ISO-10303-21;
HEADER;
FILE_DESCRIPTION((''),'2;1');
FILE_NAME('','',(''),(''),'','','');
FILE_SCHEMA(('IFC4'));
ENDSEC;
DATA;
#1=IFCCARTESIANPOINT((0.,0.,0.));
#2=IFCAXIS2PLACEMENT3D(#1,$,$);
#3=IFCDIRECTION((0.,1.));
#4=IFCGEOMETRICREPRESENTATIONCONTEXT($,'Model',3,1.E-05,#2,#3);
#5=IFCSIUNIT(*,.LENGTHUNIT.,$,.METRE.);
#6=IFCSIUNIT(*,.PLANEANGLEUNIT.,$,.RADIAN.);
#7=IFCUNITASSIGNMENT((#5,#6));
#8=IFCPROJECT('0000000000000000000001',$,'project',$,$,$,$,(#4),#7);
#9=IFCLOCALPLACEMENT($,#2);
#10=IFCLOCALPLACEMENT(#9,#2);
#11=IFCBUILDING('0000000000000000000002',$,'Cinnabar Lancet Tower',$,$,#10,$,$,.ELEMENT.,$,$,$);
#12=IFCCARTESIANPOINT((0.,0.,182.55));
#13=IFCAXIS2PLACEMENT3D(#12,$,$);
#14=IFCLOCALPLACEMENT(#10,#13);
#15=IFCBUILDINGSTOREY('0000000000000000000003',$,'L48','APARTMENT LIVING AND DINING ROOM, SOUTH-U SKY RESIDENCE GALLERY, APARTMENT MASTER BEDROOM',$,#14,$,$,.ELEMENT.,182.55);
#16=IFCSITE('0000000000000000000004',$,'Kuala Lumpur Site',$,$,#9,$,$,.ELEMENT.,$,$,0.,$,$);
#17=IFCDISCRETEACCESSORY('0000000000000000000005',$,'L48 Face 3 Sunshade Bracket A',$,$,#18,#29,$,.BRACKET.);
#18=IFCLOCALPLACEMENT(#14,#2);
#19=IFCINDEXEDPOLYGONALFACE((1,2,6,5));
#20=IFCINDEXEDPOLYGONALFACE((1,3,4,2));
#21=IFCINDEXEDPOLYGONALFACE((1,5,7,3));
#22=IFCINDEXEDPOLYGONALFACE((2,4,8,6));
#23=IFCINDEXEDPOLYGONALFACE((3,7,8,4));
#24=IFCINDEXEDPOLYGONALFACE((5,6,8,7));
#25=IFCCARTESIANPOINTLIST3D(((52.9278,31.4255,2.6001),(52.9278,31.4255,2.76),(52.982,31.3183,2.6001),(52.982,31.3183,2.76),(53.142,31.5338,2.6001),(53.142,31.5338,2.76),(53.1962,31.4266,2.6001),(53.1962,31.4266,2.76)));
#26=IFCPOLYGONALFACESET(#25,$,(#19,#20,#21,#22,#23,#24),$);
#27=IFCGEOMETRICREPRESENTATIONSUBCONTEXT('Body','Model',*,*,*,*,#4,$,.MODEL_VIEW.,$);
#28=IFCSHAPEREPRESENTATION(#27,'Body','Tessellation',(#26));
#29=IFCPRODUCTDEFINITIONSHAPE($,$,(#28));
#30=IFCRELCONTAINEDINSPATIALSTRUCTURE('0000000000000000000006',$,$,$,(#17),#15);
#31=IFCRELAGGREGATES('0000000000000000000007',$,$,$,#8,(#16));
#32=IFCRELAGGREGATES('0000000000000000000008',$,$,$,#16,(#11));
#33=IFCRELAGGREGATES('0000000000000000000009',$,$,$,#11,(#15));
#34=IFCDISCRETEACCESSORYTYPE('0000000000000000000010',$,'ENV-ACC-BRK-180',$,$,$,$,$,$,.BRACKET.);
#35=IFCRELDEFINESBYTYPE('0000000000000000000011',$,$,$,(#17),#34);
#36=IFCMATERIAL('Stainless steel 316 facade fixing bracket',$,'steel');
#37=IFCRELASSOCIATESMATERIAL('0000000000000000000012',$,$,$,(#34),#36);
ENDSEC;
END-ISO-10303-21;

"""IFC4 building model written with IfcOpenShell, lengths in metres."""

from ifc_helpers import new_model, si_unit, direction, frame, origin, origin_2d, place, context, subcontext, project, spatial, rectangle, extrude, material, type_object, element, save


model = new_model("IFC4")

# Units and contexts
model_context = context("Model", 3, precision=1e-05, world=origin(), true_north=direction((0.0, 1.0)))
body_context = subcontext(model_context, "Body", "Model", "MODEL_VIEW")
ifc_project = project(units=[si_unit("LENGTHUNIT", "METRE"), si_unit("PLANEANGLEUNIT", "RADIAN")], contexts=[model_context])

# Site, building, storey
site_placement = place(None, origin())
site = spatial("IfcSite", under=ifc_project, at=site_placement, Name="Kuala Lumpur Site", CompositionType="ELEMENT", RefElevation=0.0)
building_placement = place(site_placement, origin())
building = spatial("IfcBuilding", under=site, at=building_placement, Name="Cinnabar Lancet Tower", CompositionType="ELEMENT")
storey_placement = place(building_placement, frame((0.0, 0.0, 182.55)))
storey = spatial("IfcBuildingStorey", under=building, at=storey_placement, Name="L48", Description="APARTMENT LIVING AND DINING ROOM, SOUTH-U SKY RESIDENCE GALLERY, APARTMENT MASTER BEDROOM", CompositionType="ELEMENT", Elevation=182.55)

# Discrete accessory
ifc_material_1 = material(Name="Stainless steel 316 facade fixing bracket", Category="steel")
discrete_accessory_type = type_object("IfcDiscreteAccessoryType", Name="ENV-ACC-BRK-180", PredefinedType="BRACKET", material=ifc_material_1)
discrete_accessory_placement = place(storey_placement, frame((53.062, 31.426, 2.6001), z_axis=(0.0, 0.0, 1.0), x_axis=(-0.451407, 0.892318, 0.0)))
element("IfcDiscreteAccessory", 1, at=discrete_accessory_placement, inside=storey, type_object=discrete_accessory_type, Name="L48 Face 3 Sunshade Bracket A", PredefinedType="BRACKET", context=body_context, shape_type="SweptSolid", body=[
    extrude(rectangle(XDim=0.1201, YDim=0.24, at=origin_2d()), origin(), (0.0, 0.0, 1.0), 0.1599),
])

save(model, "model.ifc")
